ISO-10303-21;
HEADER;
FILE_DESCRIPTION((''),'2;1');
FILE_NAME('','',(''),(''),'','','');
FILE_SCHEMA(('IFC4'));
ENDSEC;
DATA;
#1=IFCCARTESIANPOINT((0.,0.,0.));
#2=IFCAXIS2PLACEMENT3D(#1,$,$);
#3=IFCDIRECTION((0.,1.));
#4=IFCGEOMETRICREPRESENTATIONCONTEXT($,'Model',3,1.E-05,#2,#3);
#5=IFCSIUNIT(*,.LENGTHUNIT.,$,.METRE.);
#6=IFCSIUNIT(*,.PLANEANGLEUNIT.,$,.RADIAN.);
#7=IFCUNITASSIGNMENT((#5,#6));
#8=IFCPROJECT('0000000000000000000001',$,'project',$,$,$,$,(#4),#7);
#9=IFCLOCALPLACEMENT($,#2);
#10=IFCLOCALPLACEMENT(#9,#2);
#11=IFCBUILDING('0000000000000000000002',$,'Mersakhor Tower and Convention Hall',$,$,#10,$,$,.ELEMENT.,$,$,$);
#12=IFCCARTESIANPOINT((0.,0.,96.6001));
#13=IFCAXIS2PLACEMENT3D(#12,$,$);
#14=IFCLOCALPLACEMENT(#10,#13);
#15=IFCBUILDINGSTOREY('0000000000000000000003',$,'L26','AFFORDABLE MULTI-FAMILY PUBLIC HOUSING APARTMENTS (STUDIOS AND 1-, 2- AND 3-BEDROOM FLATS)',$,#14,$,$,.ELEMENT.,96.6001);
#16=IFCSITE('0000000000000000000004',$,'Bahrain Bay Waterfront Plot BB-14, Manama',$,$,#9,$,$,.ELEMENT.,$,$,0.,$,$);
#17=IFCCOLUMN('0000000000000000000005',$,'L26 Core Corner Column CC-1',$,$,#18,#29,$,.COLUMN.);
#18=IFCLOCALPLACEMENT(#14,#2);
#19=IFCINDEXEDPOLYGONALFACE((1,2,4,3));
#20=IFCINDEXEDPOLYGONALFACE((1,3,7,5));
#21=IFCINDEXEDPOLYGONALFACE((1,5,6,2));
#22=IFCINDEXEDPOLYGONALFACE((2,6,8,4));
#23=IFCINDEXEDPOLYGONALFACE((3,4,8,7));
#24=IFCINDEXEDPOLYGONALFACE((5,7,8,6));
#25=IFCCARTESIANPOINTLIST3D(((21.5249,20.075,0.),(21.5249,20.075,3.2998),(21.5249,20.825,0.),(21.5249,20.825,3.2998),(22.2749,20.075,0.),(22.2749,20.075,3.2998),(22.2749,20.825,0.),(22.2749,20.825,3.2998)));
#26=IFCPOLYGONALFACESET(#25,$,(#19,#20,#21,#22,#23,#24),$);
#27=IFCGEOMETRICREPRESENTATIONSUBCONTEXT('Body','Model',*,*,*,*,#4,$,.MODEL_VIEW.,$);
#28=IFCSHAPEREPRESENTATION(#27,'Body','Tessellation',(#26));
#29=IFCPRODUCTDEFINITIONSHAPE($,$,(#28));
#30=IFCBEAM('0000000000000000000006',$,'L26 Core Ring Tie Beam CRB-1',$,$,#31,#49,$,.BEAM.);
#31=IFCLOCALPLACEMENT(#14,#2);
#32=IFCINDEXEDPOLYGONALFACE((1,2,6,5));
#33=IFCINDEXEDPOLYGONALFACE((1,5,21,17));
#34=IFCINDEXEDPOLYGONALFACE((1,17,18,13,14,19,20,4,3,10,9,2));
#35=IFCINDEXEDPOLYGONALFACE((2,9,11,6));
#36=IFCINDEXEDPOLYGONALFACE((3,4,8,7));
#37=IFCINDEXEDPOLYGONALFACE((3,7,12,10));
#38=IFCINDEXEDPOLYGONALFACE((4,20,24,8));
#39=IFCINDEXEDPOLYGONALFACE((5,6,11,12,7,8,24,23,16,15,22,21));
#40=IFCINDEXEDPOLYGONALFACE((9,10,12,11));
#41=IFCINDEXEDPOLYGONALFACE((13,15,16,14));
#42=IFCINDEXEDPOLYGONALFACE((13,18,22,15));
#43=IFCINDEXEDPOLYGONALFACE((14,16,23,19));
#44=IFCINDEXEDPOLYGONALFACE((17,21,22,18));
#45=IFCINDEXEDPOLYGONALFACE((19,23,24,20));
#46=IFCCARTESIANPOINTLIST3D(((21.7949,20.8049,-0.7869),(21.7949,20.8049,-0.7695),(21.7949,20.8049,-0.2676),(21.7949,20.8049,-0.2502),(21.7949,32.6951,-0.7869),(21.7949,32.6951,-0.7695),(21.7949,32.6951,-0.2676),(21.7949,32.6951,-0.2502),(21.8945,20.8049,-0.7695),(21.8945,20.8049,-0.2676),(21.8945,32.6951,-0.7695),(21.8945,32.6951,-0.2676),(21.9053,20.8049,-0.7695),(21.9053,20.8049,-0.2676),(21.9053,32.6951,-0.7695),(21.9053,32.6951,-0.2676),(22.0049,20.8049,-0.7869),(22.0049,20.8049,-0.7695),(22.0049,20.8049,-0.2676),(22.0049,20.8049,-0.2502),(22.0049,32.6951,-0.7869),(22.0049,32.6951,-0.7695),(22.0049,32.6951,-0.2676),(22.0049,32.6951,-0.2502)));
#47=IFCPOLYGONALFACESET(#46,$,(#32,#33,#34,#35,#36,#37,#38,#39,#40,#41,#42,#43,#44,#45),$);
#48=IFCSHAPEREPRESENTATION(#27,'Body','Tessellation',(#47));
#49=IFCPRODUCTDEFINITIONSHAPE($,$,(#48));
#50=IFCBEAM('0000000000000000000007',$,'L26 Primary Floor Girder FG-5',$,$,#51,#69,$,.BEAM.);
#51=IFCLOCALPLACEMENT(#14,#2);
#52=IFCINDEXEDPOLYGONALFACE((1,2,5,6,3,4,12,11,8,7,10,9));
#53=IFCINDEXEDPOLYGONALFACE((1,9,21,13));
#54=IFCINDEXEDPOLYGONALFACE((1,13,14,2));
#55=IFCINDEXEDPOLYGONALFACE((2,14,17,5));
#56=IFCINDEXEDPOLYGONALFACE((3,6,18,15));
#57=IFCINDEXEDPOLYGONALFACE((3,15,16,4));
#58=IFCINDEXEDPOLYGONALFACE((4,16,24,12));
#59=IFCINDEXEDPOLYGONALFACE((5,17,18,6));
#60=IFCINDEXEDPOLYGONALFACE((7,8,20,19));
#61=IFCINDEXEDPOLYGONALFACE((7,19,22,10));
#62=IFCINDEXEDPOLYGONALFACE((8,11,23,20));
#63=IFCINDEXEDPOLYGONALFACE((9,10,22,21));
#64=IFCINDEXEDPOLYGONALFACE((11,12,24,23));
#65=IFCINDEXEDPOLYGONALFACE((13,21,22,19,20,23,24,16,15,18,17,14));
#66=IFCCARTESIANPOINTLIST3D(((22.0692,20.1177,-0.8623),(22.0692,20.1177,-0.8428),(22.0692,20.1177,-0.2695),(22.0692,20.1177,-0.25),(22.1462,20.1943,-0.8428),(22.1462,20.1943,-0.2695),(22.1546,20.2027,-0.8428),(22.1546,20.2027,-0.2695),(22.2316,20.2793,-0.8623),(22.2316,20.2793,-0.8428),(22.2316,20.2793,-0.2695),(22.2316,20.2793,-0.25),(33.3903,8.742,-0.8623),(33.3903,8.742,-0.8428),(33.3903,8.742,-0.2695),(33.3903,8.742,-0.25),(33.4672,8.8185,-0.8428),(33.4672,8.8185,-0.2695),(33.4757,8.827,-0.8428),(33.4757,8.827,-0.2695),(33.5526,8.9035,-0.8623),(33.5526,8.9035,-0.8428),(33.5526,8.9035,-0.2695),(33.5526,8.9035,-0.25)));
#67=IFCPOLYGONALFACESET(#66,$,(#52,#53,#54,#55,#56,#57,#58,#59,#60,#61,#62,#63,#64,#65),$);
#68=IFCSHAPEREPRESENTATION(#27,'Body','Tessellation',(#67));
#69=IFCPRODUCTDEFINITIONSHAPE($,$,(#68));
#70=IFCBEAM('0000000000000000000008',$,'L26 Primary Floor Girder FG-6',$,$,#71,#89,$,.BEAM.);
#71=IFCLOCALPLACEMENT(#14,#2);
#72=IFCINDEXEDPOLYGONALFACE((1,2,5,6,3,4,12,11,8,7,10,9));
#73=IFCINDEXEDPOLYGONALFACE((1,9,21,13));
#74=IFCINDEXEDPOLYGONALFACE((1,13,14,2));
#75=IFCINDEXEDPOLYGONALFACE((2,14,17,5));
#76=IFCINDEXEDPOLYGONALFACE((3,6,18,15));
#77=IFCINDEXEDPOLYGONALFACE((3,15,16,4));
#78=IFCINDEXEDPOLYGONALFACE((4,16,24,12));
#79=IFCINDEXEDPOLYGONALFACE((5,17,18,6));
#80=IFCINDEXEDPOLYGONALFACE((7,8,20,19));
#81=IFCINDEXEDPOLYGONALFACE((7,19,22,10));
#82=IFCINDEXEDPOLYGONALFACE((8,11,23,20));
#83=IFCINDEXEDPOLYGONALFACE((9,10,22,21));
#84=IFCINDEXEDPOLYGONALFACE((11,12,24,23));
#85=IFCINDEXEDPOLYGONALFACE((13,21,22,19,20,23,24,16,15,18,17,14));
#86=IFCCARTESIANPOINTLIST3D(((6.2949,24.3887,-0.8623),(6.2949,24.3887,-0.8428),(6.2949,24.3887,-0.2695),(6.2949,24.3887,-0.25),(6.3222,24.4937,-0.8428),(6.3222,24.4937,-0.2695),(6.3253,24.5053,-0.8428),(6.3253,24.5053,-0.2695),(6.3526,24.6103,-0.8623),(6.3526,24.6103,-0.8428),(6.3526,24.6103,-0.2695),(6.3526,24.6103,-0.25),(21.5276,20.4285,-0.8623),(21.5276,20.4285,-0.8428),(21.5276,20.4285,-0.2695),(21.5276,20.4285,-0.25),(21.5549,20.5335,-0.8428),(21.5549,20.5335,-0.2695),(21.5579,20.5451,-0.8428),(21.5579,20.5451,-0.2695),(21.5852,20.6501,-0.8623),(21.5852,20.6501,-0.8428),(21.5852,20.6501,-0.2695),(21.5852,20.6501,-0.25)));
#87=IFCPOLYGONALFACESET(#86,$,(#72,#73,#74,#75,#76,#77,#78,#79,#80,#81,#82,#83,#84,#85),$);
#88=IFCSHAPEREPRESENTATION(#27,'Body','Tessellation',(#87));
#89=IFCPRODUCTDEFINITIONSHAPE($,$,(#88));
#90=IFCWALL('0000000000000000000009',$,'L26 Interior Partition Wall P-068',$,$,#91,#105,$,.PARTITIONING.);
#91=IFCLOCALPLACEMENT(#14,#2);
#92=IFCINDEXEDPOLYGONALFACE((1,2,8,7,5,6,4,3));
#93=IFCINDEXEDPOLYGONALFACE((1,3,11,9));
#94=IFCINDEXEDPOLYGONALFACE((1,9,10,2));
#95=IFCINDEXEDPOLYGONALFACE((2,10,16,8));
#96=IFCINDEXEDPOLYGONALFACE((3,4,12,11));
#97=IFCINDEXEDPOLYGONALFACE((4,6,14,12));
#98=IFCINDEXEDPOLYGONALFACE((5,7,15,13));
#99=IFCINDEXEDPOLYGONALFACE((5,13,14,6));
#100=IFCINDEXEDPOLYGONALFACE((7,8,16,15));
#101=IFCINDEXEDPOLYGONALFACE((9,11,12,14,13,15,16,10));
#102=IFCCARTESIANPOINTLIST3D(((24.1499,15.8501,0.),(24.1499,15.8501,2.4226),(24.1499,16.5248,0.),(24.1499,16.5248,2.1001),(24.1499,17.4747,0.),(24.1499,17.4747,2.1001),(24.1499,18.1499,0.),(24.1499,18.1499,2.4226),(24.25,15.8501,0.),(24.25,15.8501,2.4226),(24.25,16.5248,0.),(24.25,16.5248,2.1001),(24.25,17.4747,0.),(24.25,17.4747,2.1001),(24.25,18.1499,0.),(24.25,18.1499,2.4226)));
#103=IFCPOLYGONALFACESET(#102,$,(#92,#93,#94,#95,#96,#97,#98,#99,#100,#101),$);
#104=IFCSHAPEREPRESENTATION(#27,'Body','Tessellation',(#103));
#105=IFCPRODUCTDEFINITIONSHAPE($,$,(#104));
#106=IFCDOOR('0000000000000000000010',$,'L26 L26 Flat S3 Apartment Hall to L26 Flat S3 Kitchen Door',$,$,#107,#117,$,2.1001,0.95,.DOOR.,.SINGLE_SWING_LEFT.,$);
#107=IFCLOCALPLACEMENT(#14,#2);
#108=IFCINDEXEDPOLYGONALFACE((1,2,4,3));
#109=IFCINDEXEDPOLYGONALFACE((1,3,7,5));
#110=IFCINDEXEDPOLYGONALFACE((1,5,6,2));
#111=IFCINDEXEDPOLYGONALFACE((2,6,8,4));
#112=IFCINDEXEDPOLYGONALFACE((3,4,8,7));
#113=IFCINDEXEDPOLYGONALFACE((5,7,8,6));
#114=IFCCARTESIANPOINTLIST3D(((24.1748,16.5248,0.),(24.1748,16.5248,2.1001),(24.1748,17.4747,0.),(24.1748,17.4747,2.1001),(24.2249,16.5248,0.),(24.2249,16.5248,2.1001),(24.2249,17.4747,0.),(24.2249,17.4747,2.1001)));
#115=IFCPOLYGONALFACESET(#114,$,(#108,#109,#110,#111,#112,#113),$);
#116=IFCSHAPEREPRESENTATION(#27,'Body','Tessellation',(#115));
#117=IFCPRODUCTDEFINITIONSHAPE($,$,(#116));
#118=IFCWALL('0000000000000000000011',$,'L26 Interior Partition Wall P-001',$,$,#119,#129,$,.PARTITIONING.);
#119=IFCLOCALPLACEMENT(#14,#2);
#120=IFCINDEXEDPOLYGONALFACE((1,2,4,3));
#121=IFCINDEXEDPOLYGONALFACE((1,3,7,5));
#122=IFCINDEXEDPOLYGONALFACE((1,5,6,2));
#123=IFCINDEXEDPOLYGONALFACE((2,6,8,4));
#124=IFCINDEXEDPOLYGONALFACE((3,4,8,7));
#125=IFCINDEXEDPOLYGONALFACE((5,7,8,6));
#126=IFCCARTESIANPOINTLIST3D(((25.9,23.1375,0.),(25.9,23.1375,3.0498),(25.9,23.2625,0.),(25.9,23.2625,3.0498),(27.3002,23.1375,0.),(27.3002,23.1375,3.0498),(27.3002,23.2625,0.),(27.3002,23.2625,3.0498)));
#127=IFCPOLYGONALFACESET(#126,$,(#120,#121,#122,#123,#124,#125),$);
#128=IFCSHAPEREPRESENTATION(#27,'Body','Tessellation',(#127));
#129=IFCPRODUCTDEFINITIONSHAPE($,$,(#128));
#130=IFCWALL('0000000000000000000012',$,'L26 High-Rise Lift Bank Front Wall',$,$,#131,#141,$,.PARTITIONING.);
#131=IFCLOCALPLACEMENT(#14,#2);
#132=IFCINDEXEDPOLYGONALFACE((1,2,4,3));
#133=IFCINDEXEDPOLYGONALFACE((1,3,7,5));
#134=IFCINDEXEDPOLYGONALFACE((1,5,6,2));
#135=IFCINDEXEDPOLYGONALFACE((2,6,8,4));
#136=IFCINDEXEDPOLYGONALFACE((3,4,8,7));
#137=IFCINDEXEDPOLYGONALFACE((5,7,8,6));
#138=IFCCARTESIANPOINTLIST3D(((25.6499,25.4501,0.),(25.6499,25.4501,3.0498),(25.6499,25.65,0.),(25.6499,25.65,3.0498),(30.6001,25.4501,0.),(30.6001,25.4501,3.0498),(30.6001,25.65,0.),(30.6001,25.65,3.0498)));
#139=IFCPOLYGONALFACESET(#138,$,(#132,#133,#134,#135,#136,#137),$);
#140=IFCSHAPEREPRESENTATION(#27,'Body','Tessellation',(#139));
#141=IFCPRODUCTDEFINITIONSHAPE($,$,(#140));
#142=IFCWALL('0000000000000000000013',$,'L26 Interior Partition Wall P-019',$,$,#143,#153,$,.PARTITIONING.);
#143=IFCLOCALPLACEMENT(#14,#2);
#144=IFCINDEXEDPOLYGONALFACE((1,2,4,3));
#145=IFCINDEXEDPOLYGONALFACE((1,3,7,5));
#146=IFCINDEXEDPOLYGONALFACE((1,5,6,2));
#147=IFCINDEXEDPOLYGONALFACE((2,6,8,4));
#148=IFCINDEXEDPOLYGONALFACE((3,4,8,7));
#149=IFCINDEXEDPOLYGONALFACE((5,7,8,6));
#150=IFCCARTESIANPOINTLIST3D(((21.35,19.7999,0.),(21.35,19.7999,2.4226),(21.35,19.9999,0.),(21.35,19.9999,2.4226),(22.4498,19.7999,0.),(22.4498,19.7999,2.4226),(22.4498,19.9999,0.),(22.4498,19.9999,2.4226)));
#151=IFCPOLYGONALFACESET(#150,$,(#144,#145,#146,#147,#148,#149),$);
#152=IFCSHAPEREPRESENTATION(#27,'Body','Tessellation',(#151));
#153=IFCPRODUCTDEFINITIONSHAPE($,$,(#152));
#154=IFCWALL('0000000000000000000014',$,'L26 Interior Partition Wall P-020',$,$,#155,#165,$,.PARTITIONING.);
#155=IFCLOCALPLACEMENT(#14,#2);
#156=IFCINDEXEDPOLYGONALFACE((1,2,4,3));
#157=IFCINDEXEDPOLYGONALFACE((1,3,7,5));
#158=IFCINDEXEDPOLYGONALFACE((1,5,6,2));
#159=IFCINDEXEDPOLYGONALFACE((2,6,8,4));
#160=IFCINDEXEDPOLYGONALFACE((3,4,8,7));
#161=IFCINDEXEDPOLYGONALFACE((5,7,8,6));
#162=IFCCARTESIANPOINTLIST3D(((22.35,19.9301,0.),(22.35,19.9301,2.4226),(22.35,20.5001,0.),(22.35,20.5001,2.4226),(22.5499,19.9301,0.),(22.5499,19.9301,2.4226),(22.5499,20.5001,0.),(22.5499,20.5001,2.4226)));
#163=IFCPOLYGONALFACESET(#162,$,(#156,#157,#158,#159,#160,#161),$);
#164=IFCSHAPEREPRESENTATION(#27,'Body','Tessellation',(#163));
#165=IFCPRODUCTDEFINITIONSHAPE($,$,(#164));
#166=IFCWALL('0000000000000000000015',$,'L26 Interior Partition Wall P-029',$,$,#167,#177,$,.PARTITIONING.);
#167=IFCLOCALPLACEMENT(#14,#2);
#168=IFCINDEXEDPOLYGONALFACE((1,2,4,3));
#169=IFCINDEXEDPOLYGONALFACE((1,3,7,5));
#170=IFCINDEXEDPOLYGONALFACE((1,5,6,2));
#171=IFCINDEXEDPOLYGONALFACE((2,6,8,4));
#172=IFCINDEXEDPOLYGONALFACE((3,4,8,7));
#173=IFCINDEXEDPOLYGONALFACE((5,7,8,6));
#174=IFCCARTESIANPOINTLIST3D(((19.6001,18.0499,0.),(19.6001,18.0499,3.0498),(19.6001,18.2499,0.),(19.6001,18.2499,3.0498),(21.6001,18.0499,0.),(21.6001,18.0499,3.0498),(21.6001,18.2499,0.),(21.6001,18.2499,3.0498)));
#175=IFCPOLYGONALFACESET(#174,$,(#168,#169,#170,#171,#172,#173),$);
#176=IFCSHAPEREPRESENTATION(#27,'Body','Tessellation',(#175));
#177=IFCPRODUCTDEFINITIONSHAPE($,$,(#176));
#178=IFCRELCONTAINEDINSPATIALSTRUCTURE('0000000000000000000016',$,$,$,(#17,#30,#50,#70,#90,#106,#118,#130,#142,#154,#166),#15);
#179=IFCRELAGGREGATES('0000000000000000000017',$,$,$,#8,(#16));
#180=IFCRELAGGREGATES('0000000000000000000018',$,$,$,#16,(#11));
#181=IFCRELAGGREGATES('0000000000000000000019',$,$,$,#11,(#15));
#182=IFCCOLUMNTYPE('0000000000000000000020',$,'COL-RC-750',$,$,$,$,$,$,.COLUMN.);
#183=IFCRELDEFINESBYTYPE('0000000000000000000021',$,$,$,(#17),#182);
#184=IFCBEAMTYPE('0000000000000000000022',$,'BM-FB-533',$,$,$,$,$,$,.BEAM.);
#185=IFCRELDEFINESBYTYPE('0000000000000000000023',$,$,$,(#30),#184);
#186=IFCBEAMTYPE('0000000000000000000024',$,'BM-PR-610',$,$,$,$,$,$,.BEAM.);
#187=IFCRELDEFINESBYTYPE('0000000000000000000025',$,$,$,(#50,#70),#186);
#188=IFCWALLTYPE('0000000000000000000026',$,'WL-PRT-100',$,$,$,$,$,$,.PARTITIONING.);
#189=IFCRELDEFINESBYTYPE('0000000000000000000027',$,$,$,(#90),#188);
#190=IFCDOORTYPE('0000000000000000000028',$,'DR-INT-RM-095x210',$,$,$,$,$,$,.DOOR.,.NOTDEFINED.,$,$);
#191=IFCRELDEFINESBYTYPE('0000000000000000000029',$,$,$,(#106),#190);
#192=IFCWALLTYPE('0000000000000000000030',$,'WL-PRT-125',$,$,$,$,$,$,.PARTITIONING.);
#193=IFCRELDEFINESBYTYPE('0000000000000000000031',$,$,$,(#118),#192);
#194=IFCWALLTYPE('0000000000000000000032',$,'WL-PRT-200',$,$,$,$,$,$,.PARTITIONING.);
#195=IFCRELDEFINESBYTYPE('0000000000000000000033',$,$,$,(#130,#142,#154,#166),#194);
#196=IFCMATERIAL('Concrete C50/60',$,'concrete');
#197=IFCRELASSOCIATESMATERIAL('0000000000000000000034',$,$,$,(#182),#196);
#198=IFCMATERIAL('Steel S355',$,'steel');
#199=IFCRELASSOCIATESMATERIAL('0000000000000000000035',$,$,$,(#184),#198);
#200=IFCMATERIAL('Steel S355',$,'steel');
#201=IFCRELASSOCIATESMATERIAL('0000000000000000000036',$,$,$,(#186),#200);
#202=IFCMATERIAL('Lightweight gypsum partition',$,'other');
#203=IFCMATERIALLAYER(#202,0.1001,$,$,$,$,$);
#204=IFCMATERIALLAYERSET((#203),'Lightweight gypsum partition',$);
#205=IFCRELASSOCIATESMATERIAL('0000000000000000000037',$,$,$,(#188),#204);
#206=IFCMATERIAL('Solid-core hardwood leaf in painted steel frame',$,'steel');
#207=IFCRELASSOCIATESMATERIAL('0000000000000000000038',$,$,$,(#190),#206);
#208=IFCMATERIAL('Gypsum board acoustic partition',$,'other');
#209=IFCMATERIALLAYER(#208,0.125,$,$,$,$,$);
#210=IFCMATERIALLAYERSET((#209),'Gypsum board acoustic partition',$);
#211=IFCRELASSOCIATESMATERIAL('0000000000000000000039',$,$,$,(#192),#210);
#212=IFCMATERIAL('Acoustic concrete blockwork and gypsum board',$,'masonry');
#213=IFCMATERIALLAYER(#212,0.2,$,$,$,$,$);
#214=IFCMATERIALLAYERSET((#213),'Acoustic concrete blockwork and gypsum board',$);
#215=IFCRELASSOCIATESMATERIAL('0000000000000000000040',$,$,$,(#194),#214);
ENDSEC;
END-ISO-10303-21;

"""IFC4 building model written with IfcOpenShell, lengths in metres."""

from ifc_helpers import new_model, si_unit, direction, frame, frame_2d, origin, origin_2d, place, context, subcontext, project, spatial, rectangle, i_section, extrude, material, layer, layer_set, material_profile, profile_set, type_object, element, fill, save


model = new_model("IFC4")

# Units and contexts
model_context = context("Model", 3, precision=1e-05, world=origin(), true_north=direction((0.0, 1.0)))
body_context = subcontext(model_context, "Body", "Model", "MODEL_VIEW")
ifc_project = project(units=[si_unit("LENGTHUNIT", "METRE"), si_unit("PLANEANGLEUNIT", "RADIAN")], contexts=[model_context])

# Site, building, storey
site_placement = place(None, origin())
site = spatial("IfcSite", under=ifc_project, at=site_placement, Name="Bahrain Bay Waterfront Plot BB-14, Manama", CompositionType="ELEMENT", RefElevation=0.0)
building_placement = place(site_placement, origin())
building = spatial("IfcBuilding", under=site, at=building_placement, Name="Mersakhor Tower and Convention Hall", CompositionType="ELEMENT")
storey_placement = place(building_placement, frame((0.0, 0.0, 96.6001)))
storey = spatial("IfcBuildingStorey", under=building, at=storey_placement, Name="L26", Description="AFFORDABLE MULTI-FAMILY PUBLIC HOUSING APARTMENTS (STUDIOS AND 1-, 2- AND 3-BEDROOM FLATS)", CompositionType="ELEMENT", Elevation=96.6001)

# Column
ifc_material_1 = material(Name="Concrete C50/60", Category="concrete")
ifc_material_profile_1 = material_profile(ifc_material_1, rectangle(XDim=0.75, YDim=0.75, at=origin_2d()), Name="RC 750x750")
ifc_profile_set_1 = profile_set([ifc_material_profile_1], Name="Concrete C50/60")
column_type = type_object("IfcColumnType", Name="COL-RC-750", PredefinedType="COLUMN", material=ifc_profile_set_1)
column_placement = place(storey_placement, frame((21.8999, 20.45, 0.0), z_axis=(0.0, 0.0, 1.0), x_axis=(1.0, 0.0, 0.0)))
element("IfcColumn", 1, at=column_placement, inside=storey, type_object=column_type, Name="L26 Core Corner Column CC-1", PredefinedType="COLUMN", context=body_context, shape_type="SweptSolid", body=[
    extrude(rectangle(XDim=0.75, YDim=0.75, at=origin_2d()), origin(), (0.0, 0.0, 1.0), 3.2998),
])

# Beams
ifc_material_2 = material(Name="Steel S355", Category="steel")
ifc_material_profile_2 = material_profile(ifc_material_2, i_section(OverallWidth=0.21, OverallDepth=0.5366, WebThickness=0.0107, FlangeThickness=0.0173, at=origin_2d()), Name="UB 533x210x101")
ifc_profile_set_2 = profile_set([ifc_material_profile_2], Name="Steel S355")
beam_type_1 = type_object("IfcBeamType", Name="BM-FB-533", PredefinedType="BEAM", material=ifc_profile_set_2)
beam_1_placement = place(storey_placement, frame((21.8999, 20.8049, -0.5186), z_axis=(0.0, 1.0, 0.0), x_axis=(-1.0, 0.0, 0.0)))
element("IfcBeam", 2, at=beam_1_placement, inside=storey, type_object=beam_type_1, Name="L26 Core Ring Tie Beam CRB-1", PredefinedType="BEAM", context=body_context, shape_type="SweptSolid", body=[
    extrude(i_section(OverallWidth=0.21, OverallDepth=0.5366, WebThickness=0.0107, FlangeThickness=0.0173, at=origin_2d()), origin(), (0.0, 0.0, 1.0), 11.8901),
])
ifc_material_3 = material(Name="Steel S355", Category="steel")
ifc_material_profile_3 = material_profile(ifc_material_3, i_section(OverallWidth=0.229, OverallDepth=0.6123, WebThickness=0.012, FlangeThickness=0.0195, at=origin_2d()), Name="UB 610x229x125")
ifc_profile_set_3 = profile_set([ifc_material_profile_3], Name="Steel S355")
beam_type_2 = type_object("IfcBeamType", Name="BM-PR-610", PredefinedType="BEAM", material=ifc_profile_set_3)
beam_2_placement = place(storey_placement, frame((22.1504, 20.1985, -0.5562), z_axis=(0.705401, -0.708808, 0.0), x_axis=(0.708808, 0.705401, 0.0)))
element("IfcBeam", 3, at=beam_2_placement, inside=storey, type_object=beam_type_2, Name="L26 Primary Floor Girder FG-5", PredefinedType="BEAM", context=body_context, shape_type="SweptSolid", body=[
    extrude(i_section(OverallWidth=0.229, OverallDepth=0.6123, WebThickness=0.012, FlangeThickness=0.0195, at=origin_2d()), origin(), (0.0, 0.0, 1.0), 16.0491),
])
beam_3_placement = place(storey_placement, frame((21.5564, 20.5393, -0.5562), z_axis=(-0.967827, 0.251617, 0.0), x_axis=(-0.251617, -0.967827, 0.0)))
element("IfcBeam", 4, at=beam_3_placement, inside=storey, type_object=beam_type_2, Name="L26 Primary Floor Girder FG-6", PredefinedType="BEAM", context=body_context, shape_type="SweptSolid", body=[
    extrude(i_section(OverallWidth=0.229, OverallDepth=0.6123, WebThickness=0.012, FlangeThickness=0.0195, at=origin_2d()), origin(), (0.0, 0.0, 1.0), 15.739),
])

# Wall, opening, door
ifc_material_4 = material(Name="Lightweight gypsum partition", Category="other")
ifc_layer_1 = layer(ifc_material_4, 0.1001)
ifc_layer_set_1 = layer_set([ifc_layer_1], Name="Lightweight gypsum partition")
wall_type_1 = type_object("IfcWallType", Name="WL-PRT-100", PredefinedType="PARTITIONING", material=ifc_layer_set_1)
wall_1_placement = place(storey_placement, frame((24.2, 18.1499, 0.0), z_axis=(0.0, 0.0, 1.0), x_axis=(0.0, -1.0, 0.0)))
wall_1 = element("IfcWall", 5, at=wall_1_placement, inside=storey, type_object=wall_type_1, Name="L26 Interior Partition Wall P-068", PredefinedType="PARTITIONING", context=body_context, shape_type="SweptSolid", body=[
    extrude(rectangle(XDim=2.2998, YDim=0.1001, at=frame_2d((1.1499, 0.0))), origin(), (0.0, 0.0, 1.0), 2.4226),
])
opening_1_placement = place(wall_1_placement, frame((0.675, 0.0, 0.0)))
opening_1 = element("IfcOpeningElement", 6, at=opening_1_placement, cuts=wall_1, PredefinedType="OPENING", context=body_context, shape_type="SweptSolid", body=[
    extrude(rectangle(XDim=0.95, YDim=2.1001, at=frame_2d((0.4751, 1.05))), frame((0.0, 0.0601, 0.0), z_axis=(0.0, -1.0, 0.0), x_axis=(1.0, 0.0, 0.0)), (0.0, 0.0, 1.0), 0.1201),
])
ifc_material_5 = material(Name="Solid-core hardwood leaf in painted steel frame", Category="steel")
door_type_1 = type_object("IfcDoorType", Name="DR-INT-RM-095x210", OperationType="NOTDEFINED", PredefinedType="DOOR", material=ifc_material_5)
door_1_placement = place(opening_1_placement, origin())
door_1 = element("IfcDoor", 7, at=door_1_placement, inside=storey, type_object=door_type_1, Name="L26 L26 Flat S3 Apartment Hall to L26 Flat S3 Kitchen Door", OperationType="SINGLE_SWING_LEFT", OverallHeight=2.1001, OverallWidth=0.95, PredefinedType="DOOR", context=body_context, shape_type="SweptSolid", body=[
    extrude(rectangle(XDim=0.95, YDim=2.1001, at=frame_2d((0.4751, 1.05))), frame((0.0, 0.0249, 0.0), z_axis=(0.0, -1.0, 0.0), x_axis=(1.0, 0.0, 0.0)), (0.0, 0.0, 1.0), 0.05),
])
fill(opening_1, door_1)

# Walls
ifc_material_6 = material(Name="Gypsum board acoustic partition", Category="other")
ifc_layer_2 = layer(ifc_material_6, 0.125)
ifc_layer_set_2 = layer_set([ifc_layer_2], Name="Gypsum board acoustic partition")
wall_type_2 = type_object("IfcWallType", Name="WL-PRT-125", PredefinedType="PARTITIONING", material=ifc_layer_set_2)
wall_2_placement = place(storey_placement, frame((25.8999, 23.2, 0.0), z_axis=(0.0, 0.0, 1.0), x_axis=(1.0, 0.0, 0.0)))
element("IfcWall", 8, at=wall_2_placement, inside=storey, type_object=wall_type_2, Name="L26 Interior Partition Wall P-001", PredefinedType="PARTITIONING", context=body_context, shape_type="SweptSolid", body=[
    extrude(rectangle(XDim=1.4001, YDim=0.125, at=frame_2d((0.7002, 0.0))), origin(), (0.0, 0.0, 1.0), 3.0498),
])
ifc_material_7 = material(Name="Acoustic concrete blockwork and gypsum board", Category="masonry")
ifc_layer_3 = layer(ifc_material_7, 0.2)
ifc_layer_set_3 = layer_set([ifc_layer_3], Name="Acoustic concrete blockwork and gypsum board")
wall_type_3 = type_object("IfcWallType", Name="WL-PRT-200", PredefinedType="PARTITIONING", material=ifc_layer_set_3)
wall_3_placement = place(storey_placement, frame((25.6499, 25.55, 0.0), z_axis=(0.0, 0.0, 1.0), x_axis=(1.0, 0.0, 0.0)))
element("IfcWall", 9, at=wall_3_placement, inside=storey, type_object=wall_type_3, Name="L26 High-Rise Lift Bank Front Wall", PredefinedType="PARTITIONING", context=body_context, shape_type="SweptSolid", body=[
    extrude(rectangle(XDim=4.9502, YDim=0.2, at=frame_2d((2.4751, 0.0))), origin(), (0.0, 0.0, 1.0), 3.0498),
])
wall_4_placement = place(storey_placement, frame((21.3501, 19.8999, 0.0), z_axis=(0.0, 0.0, 1.0), x_axis=(1.0, 0.0, 0.0)))
element("IfcWall", 10, at=wall_4_placement, inside=storey, type_object=wall_type_3, Name="L26 Interior Partition Wall P-019", PredefinedType="PARTITIONING", context=body_context, shape_type="SweptSolid", body=[
    extrude(rectangle(XDim=1.0999, YDim=0.2, at=frame_2d((0.5498, 0.0))), origin(), (0.0, 0.0, 1.0), 2.4226),
])
wall_5_placement = place(storey_placement, frame((22.45, 19.9299, 0.0), z_axis=(0.0, 0.0, 1.0), x_axis=(0.0, 1.0, 0.0)))
element("IfcWall", 11, at=wall_5_placement, inside=storey, type_object=wall_type_3, Name="L26 Interior Partition Wall P-020", PredefinedType="PARTITIONING", context=body_context, shape_type="SweptSolid", body=[
    extrude(rectangle(XDim=0.5701, YDim=0.2, at=frame_2d((0.2852, 0.0))), origin(), (0.0, 0.0, 1.0), 2.4226),
])

# Wall
wall_6_placement = place(storey_placement, frame((21.6001, 18.1499, 0.0), z_axis=(0.0, 0.0, 1.0), x_axis=(-1.0, 0.0, 0.0)))
element("IfcWall", 12, at=wall_6_placement, inside=storey, type_object=wall_type_3, Name="L26 Interior Partition Wall P-029", PredefinedType="PARTITIONING", context=body_context, shape_type="SweptSolid", body=[
    extrude(rectangle(XDim=2.0, YDim=0.2, at=frame_2d((1.0, 0.0))), origin(), (0.0, 0.0, 1.0), 3.0498),
])

save(model, "model.ifc")
